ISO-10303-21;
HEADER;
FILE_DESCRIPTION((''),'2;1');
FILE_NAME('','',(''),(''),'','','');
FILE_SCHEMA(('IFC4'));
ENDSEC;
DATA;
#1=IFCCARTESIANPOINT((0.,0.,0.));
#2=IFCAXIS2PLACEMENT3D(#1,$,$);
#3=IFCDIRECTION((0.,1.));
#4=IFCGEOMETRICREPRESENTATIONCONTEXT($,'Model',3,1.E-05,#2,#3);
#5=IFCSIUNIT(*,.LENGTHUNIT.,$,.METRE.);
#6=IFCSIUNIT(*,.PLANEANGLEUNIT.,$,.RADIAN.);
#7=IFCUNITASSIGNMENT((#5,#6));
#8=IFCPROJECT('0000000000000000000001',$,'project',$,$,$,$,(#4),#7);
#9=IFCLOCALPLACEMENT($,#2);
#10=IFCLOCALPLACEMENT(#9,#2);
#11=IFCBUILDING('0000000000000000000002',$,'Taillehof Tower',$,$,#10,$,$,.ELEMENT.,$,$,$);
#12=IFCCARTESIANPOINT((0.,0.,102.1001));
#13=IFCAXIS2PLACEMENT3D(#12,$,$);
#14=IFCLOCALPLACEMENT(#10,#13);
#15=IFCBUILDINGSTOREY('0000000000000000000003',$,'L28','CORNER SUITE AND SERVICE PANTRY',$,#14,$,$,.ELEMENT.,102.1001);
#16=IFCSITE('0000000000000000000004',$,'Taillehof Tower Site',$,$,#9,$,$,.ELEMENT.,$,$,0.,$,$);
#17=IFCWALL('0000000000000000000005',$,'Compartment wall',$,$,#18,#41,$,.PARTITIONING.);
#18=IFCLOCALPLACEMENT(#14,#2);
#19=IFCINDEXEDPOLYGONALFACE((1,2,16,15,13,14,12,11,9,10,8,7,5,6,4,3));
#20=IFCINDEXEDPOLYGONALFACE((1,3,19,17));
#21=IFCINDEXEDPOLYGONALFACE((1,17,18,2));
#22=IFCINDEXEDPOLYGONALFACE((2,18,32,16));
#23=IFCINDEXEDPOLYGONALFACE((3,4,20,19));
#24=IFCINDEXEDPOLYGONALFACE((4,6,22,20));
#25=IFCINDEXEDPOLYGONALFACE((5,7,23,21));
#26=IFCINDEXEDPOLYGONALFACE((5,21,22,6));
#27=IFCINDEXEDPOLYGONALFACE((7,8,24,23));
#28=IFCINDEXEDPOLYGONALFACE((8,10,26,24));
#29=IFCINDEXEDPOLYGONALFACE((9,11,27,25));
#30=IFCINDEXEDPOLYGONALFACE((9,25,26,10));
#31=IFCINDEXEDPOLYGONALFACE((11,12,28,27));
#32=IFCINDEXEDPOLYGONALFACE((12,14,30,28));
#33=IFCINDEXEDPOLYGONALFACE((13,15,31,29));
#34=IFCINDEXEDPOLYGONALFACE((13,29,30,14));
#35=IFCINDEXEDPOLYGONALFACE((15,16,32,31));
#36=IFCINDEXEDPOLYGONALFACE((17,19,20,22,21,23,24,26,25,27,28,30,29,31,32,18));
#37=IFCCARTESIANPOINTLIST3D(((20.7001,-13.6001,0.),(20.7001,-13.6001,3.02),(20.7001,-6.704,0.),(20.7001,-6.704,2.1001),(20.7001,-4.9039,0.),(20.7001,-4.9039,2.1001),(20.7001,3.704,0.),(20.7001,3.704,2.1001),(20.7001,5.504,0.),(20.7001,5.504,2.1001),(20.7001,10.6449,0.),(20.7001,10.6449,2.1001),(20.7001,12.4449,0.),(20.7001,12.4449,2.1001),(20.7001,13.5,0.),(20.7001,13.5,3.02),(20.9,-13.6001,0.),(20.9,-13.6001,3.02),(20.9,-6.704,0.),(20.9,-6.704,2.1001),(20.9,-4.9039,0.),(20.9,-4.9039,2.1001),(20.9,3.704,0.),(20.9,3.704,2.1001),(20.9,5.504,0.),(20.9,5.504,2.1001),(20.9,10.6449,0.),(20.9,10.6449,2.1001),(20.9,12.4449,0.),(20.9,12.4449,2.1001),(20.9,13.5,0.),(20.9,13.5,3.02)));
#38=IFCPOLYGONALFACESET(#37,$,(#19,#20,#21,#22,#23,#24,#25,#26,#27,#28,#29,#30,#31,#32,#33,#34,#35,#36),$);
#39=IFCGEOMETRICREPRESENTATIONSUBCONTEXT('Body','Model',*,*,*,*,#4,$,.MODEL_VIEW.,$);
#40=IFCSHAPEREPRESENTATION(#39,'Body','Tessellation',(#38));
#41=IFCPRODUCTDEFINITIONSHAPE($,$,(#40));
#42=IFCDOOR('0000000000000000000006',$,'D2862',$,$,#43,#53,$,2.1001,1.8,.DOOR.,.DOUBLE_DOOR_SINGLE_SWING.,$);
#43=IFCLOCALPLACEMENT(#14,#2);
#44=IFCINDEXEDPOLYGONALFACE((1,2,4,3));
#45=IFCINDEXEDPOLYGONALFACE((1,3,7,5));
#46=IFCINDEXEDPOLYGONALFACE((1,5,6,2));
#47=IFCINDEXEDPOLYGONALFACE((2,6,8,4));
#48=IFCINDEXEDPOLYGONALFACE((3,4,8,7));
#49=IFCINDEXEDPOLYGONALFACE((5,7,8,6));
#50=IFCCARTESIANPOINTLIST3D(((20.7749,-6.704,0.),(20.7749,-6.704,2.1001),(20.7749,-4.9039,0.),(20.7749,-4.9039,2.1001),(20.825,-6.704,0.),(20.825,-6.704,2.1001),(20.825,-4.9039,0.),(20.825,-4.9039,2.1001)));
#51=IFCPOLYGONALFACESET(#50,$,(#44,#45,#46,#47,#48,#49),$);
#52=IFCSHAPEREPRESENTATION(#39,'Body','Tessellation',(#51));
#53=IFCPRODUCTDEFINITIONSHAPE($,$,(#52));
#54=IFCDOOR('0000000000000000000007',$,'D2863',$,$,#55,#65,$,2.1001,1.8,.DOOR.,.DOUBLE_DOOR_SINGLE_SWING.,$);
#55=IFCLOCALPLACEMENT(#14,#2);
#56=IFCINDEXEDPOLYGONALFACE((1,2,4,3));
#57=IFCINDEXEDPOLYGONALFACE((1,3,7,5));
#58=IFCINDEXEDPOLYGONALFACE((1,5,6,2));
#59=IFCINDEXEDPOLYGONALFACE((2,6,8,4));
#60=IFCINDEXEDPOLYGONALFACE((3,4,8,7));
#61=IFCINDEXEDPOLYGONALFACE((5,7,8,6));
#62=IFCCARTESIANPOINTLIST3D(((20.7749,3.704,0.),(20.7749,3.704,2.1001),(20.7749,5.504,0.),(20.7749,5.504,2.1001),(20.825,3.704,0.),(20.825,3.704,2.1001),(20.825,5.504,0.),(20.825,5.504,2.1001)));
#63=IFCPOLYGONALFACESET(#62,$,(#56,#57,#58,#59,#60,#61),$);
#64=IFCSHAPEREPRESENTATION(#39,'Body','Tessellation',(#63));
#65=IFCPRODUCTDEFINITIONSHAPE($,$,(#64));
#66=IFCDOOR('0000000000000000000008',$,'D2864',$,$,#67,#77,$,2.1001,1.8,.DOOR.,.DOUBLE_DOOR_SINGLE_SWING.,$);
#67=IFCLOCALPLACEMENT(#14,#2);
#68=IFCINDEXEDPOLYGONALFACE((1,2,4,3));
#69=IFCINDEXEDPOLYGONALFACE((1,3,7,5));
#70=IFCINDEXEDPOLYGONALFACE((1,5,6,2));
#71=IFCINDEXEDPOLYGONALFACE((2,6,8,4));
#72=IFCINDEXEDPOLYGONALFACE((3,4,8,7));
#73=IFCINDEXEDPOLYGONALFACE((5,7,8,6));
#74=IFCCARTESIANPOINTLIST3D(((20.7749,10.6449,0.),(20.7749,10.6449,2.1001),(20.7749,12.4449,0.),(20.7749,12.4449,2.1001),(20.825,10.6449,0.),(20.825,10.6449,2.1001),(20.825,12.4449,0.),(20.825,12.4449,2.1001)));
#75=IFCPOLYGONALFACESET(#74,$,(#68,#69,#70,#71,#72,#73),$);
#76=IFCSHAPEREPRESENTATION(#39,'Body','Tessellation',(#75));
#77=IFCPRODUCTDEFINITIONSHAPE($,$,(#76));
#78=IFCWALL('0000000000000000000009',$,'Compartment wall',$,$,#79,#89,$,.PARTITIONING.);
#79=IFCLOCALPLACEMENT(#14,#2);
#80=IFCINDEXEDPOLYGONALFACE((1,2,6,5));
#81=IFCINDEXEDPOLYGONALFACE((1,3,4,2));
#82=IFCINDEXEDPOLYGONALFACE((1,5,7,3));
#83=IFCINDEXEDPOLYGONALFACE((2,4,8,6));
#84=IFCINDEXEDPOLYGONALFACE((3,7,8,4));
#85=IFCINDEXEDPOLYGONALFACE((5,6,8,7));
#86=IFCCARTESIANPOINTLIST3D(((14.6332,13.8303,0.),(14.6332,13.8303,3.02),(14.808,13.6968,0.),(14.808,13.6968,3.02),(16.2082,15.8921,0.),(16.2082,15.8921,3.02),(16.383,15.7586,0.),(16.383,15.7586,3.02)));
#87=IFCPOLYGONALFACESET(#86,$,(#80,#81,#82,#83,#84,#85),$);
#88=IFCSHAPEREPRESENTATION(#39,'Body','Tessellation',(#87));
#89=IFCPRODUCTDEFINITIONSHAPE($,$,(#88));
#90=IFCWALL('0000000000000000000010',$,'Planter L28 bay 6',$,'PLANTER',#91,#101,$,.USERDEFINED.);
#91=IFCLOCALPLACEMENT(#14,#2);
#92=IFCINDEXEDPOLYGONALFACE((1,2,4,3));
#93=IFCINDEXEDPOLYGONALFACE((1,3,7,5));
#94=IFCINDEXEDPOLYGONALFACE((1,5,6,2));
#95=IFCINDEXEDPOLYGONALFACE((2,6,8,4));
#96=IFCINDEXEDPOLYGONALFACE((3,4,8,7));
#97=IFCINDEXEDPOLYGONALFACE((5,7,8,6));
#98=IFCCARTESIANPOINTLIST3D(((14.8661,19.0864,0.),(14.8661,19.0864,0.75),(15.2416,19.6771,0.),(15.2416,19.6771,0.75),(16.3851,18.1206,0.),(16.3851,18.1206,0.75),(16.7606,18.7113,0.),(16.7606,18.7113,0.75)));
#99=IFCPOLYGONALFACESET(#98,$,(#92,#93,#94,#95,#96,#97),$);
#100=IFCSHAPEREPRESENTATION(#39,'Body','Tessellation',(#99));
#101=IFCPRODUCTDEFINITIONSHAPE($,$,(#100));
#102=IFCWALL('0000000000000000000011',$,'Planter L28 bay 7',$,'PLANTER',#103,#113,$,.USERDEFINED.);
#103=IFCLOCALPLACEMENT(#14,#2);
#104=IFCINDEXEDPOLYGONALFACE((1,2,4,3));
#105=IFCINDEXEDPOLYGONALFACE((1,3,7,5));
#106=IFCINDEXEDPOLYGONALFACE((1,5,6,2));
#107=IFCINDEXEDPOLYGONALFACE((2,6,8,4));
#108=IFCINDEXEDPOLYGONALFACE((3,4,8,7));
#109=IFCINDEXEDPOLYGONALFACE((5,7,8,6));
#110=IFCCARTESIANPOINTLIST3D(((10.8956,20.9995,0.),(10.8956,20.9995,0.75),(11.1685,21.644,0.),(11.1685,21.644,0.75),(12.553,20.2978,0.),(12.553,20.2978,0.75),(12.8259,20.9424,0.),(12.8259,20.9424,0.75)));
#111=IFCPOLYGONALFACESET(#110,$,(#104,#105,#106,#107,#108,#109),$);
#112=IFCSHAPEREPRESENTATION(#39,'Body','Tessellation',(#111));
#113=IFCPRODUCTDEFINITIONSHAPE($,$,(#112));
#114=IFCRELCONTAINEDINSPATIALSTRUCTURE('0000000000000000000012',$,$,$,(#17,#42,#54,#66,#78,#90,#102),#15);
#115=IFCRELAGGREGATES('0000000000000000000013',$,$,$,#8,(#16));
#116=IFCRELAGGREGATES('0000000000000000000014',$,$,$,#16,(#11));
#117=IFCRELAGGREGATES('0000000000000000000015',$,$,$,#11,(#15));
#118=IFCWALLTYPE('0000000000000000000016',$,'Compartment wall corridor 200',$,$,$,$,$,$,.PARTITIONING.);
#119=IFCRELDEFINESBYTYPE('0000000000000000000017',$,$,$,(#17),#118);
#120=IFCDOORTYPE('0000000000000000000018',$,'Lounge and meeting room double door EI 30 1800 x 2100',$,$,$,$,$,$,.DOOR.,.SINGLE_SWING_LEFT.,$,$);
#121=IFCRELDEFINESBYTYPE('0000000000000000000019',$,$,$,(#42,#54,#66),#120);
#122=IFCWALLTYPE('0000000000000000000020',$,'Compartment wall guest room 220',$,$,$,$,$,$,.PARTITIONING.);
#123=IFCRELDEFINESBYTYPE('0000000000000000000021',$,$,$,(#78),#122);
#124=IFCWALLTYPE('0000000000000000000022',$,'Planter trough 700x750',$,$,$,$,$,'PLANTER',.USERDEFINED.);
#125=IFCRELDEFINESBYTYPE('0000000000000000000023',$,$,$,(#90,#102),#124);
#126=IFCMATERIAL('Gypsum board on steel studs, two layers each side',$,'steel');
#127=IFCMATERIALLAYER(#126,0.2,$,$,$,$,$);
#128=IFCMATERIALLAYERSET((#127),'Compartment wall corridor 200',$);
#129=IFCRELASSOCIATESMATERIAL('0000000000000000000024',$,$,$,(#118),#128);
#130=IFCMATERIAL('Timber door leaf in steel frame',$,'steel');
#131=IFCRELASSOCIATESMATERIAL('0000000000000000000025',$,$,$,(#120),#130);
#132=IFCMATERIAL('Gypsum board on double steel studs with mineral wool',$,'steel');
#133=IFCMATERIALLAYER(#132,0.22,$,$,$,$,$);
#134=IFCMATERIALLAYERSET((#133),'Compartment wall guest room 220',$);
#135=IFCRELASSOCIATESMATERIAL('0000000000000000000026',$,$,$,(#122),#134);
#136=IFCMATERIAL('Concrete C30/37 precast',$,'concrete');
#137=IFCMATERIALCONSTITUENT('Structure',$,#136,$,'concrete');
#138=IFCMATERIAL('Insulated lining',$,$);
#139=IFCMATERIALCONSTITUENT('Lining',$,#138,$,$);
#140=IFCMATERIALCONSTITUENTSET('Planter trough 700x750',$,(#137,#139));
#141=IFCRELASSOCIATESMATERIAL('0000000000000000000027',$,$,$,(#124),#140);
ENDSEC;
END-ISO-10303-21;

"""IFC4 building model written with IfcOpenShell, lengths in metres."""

from ifc_helpers import new_model, si_unit, direction, frame, frame_2d, origin, place, context, subcontext, project, spatial, rectangle, extrude, material, layer, layer_set, constituent, constituent_set, type_object, element, fill, save


model = new_model("IFC4")

# Units and contexts
model_context = context("Model", 3, precision=1e-05, world=origin(), true_north=direction((0.0, 1.0)))
body_context = subcontext(model_context, "Body", "Model", "MODEL_VIEW")
ifc_project = project(units=[si_unit("LENGTHUNIT", "METRE"), si_unit("PLANEANGLEUNIT", "RADIAN")], contexts=[model_context])

# Site, building, storey
site_placement = place(None, origin())
site = spatial("IfcSite", under=ifc_project, at=site_placement, Name="Taillehof Tower Site", CompositionType="ELEMENT", RefElevation=0.0)
building_placement = place(site_placement, origin())
building = spatial("IfcBuilding", under=site, at=building_placement, Name="Taillehof Tower", CompositionType="ELEMENT")
storey_placement = place(building_placement, frame((0.0, 0.0, 102.1001)))
storey = spatial("IfcBuildingStorey", under=building, at=storey_placement, Name="L28", Description="CORNER SUITE AND SERVICE PANTRY", CompositionType="ELEMENT", Elevation=102.1001)

# Wall, openings, doors
ifc_material_1 = material(Name="Gypsum board on steel studs, two layers each side", Category="steel")
ifc_layer_1 = layer(ifc_material_1, 0.2)
ifc_layer_set_1 = layer_set([ifc_layer_1], Name="Compartment wall corridor 200")
wall_type_1 = type_object("IfcWallType", Name="Compartment wall corridor 200", PredefinedType="PARTITIONING", material=ifc_layer_set_1)
wall_1_placement = place(storey_placement, frame((20.8, 13.5, 0.0), z_axis=(0.0, 0.0, 1.0), x_axis=(0.0, -1.0, 0.0)))
wall_1 = element("IfcWall", 1, at=wall_1_placement, inside=storey, type_object=wall_type_1, Name="Compartment wall", PredefinedType="PARTITIONING", context=body_context, shape_type="SweptSolid", body=[
    extrude(rectangle(XDim=27.1001, YDim=0.2, at=frame_2d((13.55, 0.0))), origin(), (0.0, 0.0, 1.0), 3.02),
])
opening_1_placement = place(wall_1_placement, frame((18.4041, 0.0, 0.0)))
opening_1 = element("IfcOpeningElement", 2, at=opening_1_placement, cuts=wall_1, PredefinedType="OPENING", context=body_context, shape_type="SweptSolid", body=[
    extrude(rectangle(XDim=1.8, YDim=2.1001, at=frame_2d((0.8999, 1.05))), frame((0.0, 0.1099, 0.0), z_axis=(0.0, -1.0, 0.0), x_axis=(1.0, 0.0, 0.0)), (0.0, 0.0, 1.0), 0.22),
])
opening_2_placement = place(wall_1_placement, frame((7.9961, 0.0, 0.0)))
opening_2 = element("IfcOpeningElement", 3, at=opening_2_placement, cuts=wall_1, PredefinedType="OPENING", context=body_context, shape_type="SweptSolid", body=[
    extrude(rectangle(XDim=1.8, YDim=2.1001, at=frame_2d((0.8999, 1.05))), frame((0.0, 0.1099, 0.0), z_axis=(0.0, -1.0, 0.0), x_axis=(1.0, 0.0, 0.0)), (0.0, 0.0, 1.0), 0.22),
])
opening_3_placement = place(wall_1_placement, frame((1.0552, 0.0, 0.0)))
opening_3 = element("IfcOpeningElement", 4, at=opening_3_placement, cuts=wall_1, PredefinedType="OPENING", context=body_context, shape_type="SweptSolid", body=[
    extrude(rectangle(XDim=1.8, YDim=2.1001, at=frame_2d((0.8999, 1.05))), frame((0.0, 0.1099, 0.0), z_axis=(0.0, -1.0, 0.0), x_axis=(1.0, 0.0, 0.0)), (0.0, 0.0, 1.0), 0.22),
])
ifc_material_2 = material(Name="Timber door leaf in steel frame", Category="steel")
door_type_1 = type_object("IfcDoorType", Name="Lounge and meeting room double door EI 30 1800 x 2100", OperationType="SINGLE_SWING_LEFT", PredefinedType="DOOR", material=ifc_material_2)
door_1_placement = place(opening_1_placement, origin())
door_1 = element("IfcDoor", 5, at=door_1_placement, inside=storey, type_object=door_type_1, Name="D2862", OperationType="DOUBLE_DOOR_SINGLE_SWING", OverallHeight=2.1001, OverallWidth=1.8, PredefinedType="DOOR", context=body_context, shape_type="SweptSolid", body=[
    extrude(rectangle(XDim=1.8, YDim=2.1001, at=frame_2d((0.8999, 1.05))), frame((0.0, 0.0249, 0.0), z_axis=(0.0, -1.0, 0.0), x_axis=(1.0, 0.0, 0.0)), (0.0, 0.0, 1.0), 0.05),
])
fill(opening_1, door_1)
door_2_placement = place(opening_2_placement, origin())
door_2 = element("IfcDoor", 6, at=door_2_placement, inside=storey, type_object=door_type_1, Name="D2863", OperationType="DOUBLE_DOOR_SINGLE_SWING", OverallHeight=2.1001, OverallWidth=1.8, PredefinedType="DOOR", context=body_context, shape_type="SweptSolid", body=[
    extrude(rectangle(XDim=1.8, YDim=2.1001, at=frame_2d((0.8999, 1.05))), frame((0.0, 0.0249, 0.0), z_axis=(0.0, -1.0, 0.0), x_axis=(1.0, 0.0, 0.0)), (0.0, 0.0, 1.0), 0.05),
])
fill(opening_2, door_2)
door_3_placement = place(opening_3_placement, origin())
door_3 = element("IfcDoor", 7, at=door_3_placement, inside=storey, type_object=door_type_1, Name="D2864", OperationType="DOUBLE_DOOR_SINGLE_SWING", OverallHeight=2.1001, OverallWidth=1.8, PredefinedType="DOOR", context=body_context, shape_type="SweptSolid", body=[
    extrude(rectangle(XDim=1.8, YDim=2.1001, at=frame_2d((0.8999, 1.05))), frame((0.0, 0.0249, 0.0), z_axis=(0.0, -1.0, 0.0), x_axis=(1.0, 0.0, 0.0)), (0.0, 0.0, 1.0), 0.05),
])
fill(opening_3, door_3)

# Walls
ifc_material_3 = material(Name="Gypsum board on double steel studs with mineral wool", Category="steel")
ifc_layer_2 = layer(ifc_material_3, 0.22)
ifc_layer_set_2 = layer_set([ifc_layer_2], Name="Compartment wall guest room 220")
wall_type_2 = type_object("IfcWallType", Name="Compartment wall guest room 220", PredefinedType="PARTITIONING", material=ifc_layer_set_2)
wall_2_placement = place(storey_placement, frame((16.2957, 15.8254, 0.0), z_axis=(0.0, 0.0, 1.0), x_axis=(-0.607038, -0.794673, 0.0)))
element("IfcWall", 8, at=wall_2_placement, inside=storey, type_object=wall_type_2, Name="Compartment wall", PredefinedType="PARTITIONING", context=body_context, shape_type="SweptSolid", body=[
    extrude(rectangle(XDim=2.5945, YDim=0.22, at=frame_2d((1.2974, 0.0))), origin(), (0.0, 0.0, 1.0), 3.02),
])
ifc_material_4 = material(Name="Concrete C30/37 precast", Category="concrete")
ifc_constituent_1 = constituent(ifc_material_4, Name="Structure", Category="concrete")
ifc_material_5 = material(Name="Insulated lining")
ifc_constituent_2 = constituent(ifc_material_5, Name="Lining")
ifc_constituent_set = constituent_set(constituents=[ifc_constituent_1, ifc_constituent_2], Name="Planter trough 700x750")
wall_type_3 = type_object("IfcWallType", Name="Planter trough 700x750", ElementType="PLANTER", PredefinedType="USERDEFINED", material=ifc_constituent_set)
wall_3_placement = place(storey_placement, frame((16.5728, 18.416, 0.0), z_axis=(0.0, 0.0, 1.0), x_axis=(-0.843874, 0.536542, 0.0)))
element("IfcWall", 9, at=wall_3_placement, inside=storey, type_object=wall_type_3, Name="Planter L28 bay 6", ObjectType="PLANTER", PredefinedType="USERDEFINED", context=body_context, shape_type="SweptSolid", body=[
    extrude(rectangle(XDim=1.8, YDim=0.7, at=frame_2d((0.8999, 0.0))), origin(), (0.0, 0.0, 1.0), 0.75),
])
wall_4_placement = place(storey_placement, frame((12.6895, 20.6201, 0.0), z_axis=(0.0, 0.0, 1.0), x_axis=(-0.920883, 0.389839, 0.0)))
element("IfcWall", 10, at=wall_4_placement, inside=storey, type_object=wall_type_3, Name="Planter L28 bay 7", ObjectType="PLANTER", PredefinedType="USERDEFINED", context=body_context, shape_type="SweptSolid", body=[
    extrude(rectangle(XDim=1.7998, YDim=0.7, at=frame_2d((0.8999, 0.0))), origin(), (0.0, 0.0, 1.0), 0.75),
])

save(model, "model.ifc")
